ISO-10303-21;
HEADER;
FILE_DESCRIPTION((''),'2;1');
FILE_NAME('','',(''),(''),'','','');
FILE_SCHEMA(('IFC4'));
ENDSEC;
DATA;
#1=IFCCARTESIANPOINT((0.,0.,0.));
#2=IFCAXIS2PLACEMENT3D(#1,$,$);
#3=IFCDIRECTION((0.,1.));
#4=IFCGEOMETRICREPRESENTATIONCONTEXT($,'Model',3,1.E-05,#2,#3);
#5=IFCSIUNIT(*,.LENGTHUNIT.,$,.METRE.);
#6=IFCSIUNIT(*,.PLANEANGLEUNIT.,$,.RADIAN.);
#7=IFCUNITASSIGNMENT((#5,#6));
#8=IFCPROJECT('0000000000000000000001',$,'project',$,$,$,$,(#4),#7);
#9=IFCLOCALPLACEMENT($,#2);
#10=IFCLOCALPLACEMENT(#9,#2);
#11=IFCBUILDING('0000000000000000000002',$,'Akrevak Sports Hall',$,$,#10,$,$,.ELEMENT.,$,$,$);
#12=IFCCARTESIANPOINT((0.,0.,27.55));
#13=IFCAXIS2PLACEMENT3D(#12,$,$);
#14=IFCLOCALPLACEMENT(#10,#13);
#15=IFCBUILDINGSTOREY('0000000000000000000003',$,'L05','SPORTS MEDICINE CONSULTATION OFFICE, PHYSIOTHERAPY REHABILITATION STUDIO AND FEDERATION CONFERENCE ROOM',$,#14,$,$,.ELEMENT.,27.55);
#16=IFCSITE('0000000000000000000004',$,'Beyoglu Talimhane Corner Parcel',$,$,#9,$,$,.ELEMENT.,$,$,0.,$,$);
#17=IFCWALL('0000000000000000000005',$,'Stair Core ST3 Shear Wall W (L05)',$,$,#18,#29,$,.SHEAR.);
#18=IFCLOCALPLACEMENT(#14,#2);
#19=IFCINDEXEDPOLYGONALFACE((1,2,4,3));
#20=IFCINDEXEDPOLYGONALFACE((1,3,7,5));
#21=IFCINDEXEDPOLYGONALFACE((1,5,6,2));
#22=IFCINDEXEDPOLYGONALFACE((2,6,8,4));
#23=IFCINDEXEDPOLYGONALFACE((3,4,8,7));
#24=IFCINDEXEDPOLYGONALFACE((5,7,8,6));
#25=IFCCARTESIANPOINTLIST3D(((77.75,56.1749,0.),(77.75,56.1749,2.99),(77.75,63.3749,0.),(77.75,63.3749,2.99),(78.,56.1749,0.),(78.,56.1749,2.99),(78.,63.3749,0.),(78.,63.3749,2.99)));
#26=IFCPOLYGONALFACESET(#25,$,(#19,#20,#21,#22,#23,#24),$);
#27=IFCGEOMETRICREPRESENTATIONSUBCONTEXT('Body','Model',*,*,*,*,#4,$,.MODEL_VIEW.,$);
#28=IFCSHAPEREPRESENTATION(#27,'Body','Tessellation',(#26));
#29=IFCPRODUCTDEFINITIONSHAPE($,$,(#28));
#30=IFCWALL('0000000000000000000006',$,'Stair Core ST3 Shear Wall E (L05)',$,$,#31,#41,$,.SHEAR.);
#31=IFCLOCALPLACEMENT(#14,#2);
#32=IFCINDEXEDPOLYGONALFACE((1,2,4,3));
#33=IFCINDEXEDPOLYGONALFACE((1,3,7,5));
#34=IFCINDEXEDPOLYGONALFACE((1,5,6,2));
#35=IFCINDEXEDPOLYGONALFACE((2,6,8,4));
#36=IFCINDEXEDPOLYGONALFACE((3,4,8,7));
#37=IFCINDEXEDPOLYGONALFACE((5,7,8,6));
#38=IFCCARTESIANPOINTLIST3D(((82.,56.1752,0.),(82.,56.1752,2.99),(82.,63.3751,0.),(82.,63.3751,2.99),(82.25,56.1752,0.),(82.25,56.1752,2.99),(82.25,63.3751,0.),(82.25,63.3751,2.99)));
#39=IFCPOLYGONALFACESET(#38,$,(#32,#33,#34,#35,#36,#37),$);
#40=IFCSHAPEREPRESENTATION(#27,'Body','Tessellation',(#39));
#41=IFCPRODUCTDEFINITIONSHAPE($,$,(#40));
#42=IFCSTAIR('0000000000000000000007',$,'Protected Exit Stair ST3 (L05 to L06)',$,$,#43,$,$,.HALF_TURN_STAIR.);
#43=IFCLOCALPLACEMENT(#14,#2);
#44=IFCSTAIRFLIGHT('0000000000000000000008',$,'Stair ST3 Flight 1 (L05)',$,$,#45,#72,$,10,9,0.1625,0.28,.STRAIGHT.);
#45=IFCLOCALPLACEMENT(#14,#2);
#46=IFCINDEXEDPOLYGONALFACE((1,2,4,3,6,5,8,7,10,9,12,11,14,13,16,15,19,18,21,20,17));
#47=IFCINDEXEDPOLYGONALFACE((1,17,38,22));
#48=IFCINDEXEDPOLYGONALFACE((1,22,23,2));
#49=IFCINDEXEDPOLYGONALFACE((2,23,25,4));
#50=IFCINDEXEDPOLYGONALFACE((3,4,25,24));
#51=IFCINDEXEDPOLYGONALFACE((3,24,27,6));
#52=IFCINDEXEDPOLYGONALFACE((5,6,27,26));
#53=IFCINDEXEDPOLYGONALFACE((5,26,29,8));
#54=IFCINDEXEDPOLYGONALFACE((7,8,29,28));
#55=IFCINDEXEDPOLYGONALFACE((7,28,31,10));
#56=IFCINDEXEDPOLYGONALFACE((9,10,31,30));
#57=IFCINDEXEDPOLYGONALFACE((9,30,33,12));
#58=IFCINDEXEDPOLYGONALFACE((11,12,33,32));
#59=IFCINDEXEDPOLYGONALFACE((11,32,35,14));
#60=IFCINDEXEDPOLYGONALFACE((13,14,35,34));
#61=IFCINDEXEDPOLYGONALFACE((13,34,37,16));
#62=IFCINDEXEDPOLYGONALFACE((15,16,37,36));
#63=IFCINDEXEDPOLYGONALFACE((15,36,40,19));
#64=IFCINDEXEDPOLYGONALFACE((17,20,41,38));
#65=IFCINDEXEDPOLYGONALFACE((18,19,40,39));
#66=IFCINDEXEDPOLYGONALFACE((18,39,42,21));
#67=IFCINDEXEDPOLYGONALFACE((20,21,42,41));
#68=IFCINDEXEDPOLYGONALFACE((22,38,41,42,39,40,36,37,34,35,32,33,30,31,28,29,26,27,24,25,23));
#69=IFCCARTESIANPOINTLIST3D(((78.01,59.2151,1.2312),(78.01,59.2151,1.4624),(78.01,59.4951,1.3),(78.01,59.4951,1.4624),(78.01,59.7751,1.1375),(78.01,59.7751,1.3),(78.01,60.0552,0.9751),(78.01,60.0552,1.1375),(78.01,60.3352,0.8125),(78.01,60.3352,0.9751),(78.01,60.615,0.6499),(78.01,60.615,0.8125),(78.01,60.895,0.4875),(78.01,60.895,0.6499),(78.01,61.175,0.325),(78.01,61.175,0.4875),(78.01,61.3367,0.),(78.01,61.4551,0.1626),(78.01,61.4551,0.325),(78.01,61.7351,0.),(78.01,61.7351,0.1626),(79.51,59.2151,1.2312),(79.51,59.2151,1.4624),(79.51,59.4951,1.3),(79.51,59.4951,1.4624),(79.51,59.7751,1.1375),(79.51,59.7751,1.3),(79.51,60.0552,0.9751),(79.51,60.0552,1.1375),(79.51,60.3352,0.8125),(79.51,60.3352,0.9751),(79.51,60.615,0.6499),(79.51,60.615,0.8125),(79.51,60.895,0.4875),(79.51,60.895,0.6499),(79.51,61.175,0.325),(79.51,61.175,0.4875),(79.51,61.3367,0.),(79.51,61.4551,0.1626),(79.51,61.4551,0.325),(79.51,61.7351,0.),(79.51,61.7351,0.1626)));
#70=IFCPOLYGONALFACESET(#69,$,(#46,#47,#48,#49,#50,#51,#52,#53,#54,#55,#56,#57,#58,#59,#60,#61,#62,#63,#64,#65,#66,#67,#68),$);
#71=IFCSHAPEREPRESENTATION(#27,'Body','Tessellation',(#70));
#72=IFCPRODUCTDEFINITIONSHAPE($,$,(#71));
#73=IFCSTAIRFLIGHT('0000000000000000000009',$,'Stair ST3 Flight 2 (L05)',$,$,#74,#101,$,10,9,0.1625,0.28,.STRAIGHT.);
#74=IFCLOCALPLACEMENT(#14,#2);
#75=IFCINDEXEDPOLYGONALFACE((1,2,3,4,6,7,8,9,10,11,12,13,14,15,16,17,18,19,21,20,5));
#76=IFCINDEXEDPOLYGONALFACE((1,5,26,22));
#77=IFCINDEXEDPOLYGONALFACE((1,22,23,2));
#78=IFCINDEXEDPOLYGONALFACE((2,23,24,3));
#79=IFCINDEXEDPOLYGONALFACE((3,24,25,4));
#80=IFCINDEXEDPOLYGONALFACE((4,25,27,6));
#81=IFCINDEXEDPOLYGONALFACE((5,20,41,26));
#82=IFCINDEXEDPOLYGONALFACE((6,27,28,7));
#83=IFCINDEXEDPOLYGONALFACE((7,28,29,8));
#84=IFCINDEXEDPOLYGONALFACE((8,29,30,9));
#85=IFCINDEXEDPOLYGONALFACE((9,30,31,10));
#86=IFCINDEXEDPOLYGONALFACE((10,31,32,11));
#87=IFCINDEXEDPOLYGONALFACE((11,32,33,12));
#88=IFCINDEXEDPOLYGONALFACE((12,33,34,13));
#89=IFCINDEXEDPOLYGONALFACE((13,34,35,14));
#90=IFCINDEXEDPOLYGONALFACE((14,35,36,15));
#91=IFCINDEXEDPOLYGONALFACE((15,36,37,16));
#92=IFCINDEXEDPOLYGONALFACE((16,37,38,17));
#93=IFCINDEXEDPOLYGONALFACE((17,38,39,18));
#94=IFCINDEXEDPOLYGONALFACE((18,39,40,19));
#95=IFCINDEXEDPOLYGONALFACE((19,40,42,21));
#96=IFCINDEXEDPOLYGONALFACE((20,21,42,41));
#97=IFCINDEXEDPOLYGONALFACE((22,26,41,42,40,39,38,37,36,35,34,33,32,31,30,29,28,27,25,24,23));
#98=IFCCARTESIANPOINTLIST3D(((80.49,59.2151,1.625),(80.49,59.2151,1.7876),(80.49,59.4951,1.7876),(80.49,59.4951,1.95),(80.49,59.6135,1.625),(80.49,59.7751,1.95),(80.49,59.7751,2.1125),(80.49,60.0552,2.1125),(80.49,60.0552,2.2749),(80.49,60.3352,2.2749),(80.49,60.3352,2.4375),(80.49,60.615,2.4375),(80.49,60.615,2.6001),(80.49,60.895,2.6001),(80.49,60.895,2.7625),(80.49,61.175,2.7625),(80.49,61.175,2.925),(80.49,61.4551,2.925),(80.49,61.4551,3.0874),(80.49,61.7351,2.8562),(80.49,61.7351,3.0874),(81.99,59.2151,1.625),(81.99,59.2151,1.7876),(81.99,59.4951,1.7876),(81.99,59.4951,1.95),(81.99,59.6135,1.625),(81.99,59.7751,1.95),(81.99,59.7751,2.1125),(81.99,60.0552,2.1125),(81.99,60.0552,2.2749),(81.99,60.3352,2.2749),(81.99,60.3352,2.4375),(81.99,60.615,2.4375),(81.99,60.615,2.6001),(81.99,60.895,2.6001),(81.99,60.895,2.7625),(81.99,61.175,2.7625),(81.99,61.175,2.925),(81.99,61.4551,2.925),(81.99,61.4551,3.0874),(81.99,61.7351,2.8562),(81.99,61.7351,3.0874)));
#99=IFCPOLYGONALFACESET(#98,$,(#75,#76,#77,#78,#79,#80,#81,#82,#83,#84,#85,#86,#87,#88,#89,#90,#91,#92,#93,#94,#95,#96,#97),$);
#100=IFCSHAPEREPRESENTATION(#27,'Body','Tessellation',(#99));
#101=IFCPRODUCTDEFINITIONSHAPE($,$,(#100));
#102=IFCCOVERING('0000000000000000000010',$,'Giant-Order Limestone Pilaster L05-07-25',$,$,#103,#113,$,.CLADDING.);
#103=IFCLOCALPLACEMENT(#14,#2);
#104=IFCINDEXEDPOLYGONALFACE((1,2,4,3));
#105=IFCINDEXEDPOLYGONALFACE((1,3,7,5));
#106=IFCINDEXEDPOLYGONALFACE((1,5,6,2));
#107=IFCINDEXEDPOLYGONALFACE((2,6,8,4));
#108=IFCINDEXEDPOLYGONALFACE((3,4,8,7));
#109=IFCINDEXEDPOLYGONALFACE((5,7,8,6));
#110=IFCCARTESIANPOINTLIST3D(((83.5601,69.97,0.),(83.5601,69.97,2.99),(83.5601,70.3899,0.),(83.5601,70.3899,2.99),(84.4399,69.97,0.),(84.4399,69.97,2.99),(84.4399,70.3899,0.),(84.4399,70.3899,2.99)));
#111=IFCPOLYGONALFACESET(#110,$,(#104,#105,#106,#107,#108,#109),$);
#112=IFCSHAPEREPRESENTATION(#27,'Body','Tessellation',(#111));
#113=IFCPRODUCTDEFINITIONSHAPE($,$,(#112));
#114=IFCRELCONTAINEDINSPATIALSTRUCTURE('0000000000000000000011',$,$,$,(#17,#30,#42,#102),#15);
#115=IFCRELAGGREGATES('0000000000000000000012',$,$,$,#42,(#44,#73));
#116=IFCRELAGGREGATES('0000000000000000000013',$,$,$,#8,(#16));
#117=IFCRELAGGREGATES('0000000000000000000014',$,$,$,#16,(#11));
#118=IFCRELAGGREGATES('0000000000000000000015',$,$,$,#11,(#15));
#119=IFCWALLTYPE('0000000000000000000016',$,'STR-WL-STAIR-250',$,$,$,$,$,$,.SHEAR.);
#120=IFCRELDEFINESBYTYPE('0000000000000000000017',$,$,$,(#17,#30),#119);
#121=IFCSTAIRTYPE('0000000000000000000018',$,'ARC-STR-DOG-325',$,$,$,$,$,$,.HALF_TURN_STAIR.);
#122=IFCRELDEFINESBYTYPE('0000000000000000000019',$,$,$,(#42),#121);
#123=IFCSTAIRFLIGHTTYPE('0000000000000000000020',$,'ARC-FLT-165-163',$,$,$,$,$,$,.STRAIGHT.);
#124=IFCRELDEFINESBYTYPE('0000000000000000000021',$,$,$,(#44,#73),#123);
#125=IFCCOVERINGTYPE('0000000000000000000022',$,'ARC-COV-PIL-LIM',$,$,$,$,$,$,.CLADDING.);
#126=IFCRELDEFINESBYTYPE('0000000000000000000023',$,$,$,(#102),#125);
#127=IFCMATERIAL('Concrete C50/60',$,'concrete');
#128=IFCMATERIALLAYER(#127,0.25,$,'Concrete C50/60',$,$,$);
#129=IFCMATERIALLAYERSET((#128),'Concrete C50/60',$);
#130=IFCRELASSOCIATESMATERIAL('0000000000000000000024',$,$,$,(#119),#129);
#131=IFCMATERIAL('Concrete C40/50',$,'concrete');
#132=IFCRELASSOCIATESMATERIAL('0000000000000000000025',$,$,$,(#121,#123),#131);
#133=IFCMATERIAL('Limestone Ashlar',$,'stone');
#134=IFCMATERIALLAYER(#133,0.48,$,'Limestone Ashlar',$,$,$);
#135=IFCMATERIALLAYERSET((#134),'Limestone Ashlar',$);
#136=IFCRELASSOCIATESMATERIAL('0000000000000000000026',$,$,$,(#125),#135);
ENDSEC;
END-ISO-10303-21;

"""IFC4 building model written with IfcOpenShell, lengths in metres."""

from ifc_helpers import new_model, si_unit, direction, frame, frame_2d, origin, origin_2d, place, context, subcontext, project, spatial, polyline, rectangle, outline, extrude, material, layer, layer_set, type_object, element, aggregate, save


model = new_model("IFC4")

# Units and contexts
model_context = context("Model", 3, precision=1e-05, world=origin(), true_north=direction((0.0, 1.0)))
body_context = subcontext(model_context, "Body", "Model", "MODEL_VIEW")
ifc_project = project(units=[si_unit("LENGTHUNIT", "METRE"), si_unit("PLANEANGLEUNIT", "RADIAN")], contexts=[model_context])

# Site, building, storey
site_placement = place(None, origin())
site = spatial("IfcSite", under=ifc_project, at=site_placement, Name="Beyoglu Talimhane Corner Parcel", CompositionType="ELEMENT", RefElevation=0.0)
building_placement = place(site_placement, origin())
building = spatial("IfcBuilding", under=site, at=building_placement, Name="Akrevak Sports Hall", CompositionType="ELEMENT")
storey_placement = place(building_placement, frame((0.0, 0.0, 27.55)))
storey = spatial("IfcBuildingStorey", under=building, at=storey_placement, Name="L05", Description="SPORTS MEDICINE CONSULTATION OFFICE, PHYSIOTHERAPY REHABILITATION STUDIO AND FEDERATION CONFERENCE ROOM", CompositionType="ELEMENT", Elevation=27.55)

# Shared definitions
ifc_material_1 = material(Name="Concrete C40/50", Category="concrete")

# Shared definitions
ifc_material_2 = material(Name="Concrete C50/60", Category="concrete")
ifc_layer_1 = layer(ifc_material_2, 0.25, Name="Concrete C50/60")
ifc_layer_set_1 = layer_set([ifc_layer_1], Name="Concrete C50/60")
wall_type_1 = type_object("IfcWallType", Name="STR-WL-STAIR-250", PredefinedType="SHEAR", material=ifc_layer_set_1)

# Walls
for number, where, z_axis, x_axis, name in (
    (1, (77.875, 63.375, 0.0), (0.0, 0.0, 1.0), (0.0, -1.0, 0.0), "Stair Core ST3 Shear Wall W (L05)"),
    (2, (82.125, 56.175, 0.0), (0.0, 0.0, 1.0), (0.0, 1.0, 0.0), "Stair Core ST3 Shear Wall E (L05)"),
):
    element("IfcWall", number, at=place(storey_placement, frame(where, z_axis=z_axis, x_axis=x_axis)), inside=storey, type_object=wall_type_1, Name=name, PredefinedType="SHEAR", context=body_context, shape_type="SweptSolid", body=[
        extrude(rectangle(XDim=7.2, YDim=0.25, at=frame_2d((3.6001, 0.0))), origin(), (0.0, 0.0, 1.0), 2.99),
    ])

# Stair, stair flights
stair_type = type_object("IfcStairType", Name="ARC-STR-DOG-325", PredefinedType="HALF_TURN_STAIR", material=ifc_material_1)
stair_placement = place(storey_placement, origin())
stair = element("IfcStair", 3, at=stair_placement, inside=storey, type_object=stair_type, Name="Protected Exit Stair ST3 (L05 to L06)", PredefinedType="HALF_TURN_STAIR")
stair_flight_type = type_object("IfcStairFlightType", Name="ARC-FLT-165-163", PredefinedType="STRAIGHT", material=ifc_material_1)
stair_flight_1_placement = place(storey_placement, frame((78.76, 61.7351, 0.0), z_axis=(0.0, 0.0, 1.0), x_axis=(0.0, -1.0, 0.0)))
stair_flight_1 = element("IfcStairFlight", 4, at=stair_flight_1_placement, type_object=stair_flight_type, Name="Stair ST3 Flight 1 (L05)", NumberOfRisers=10, NumberOfTreads=9, PredefinedType="STRAIGHT", RiserHeight=0.1625, TreadLength=0.28, context=body_context, shape_type="SweptSolid", body=[
    extrude(outline(polyline([(0.0, 0.0), (0.0, 0.1626), (0.28, 0.1626), (0.28, 0.325), (0.5601, 0.325), (0.5601, 0.4875), (0.8401, 0.4875), (0.8401, 0.6499), (1.1201, 0.6499), (1.1201, 0.8125), (1.3999, 0.8125), (1.3999, 0.9751), (1.6799, 0.9751), (1.6799, 1.1375), (1.96, 1.1375), (1.96, 1.3), (2.24, 1.3), (2.24, 1.4624), (2.52, 1.4624), (2.52, 1.625), (2.52, 1.2312), (0.3984, 0.0), (0.0, 0.0)])), frame((0.0, 0.75, 0.0), z_axis=(0.0, -1.0, 0.0), x_axis=(1.0, 0.0, 0.0)), (0.0, 0.0, 1.0), 1.5),
])
stair_flight_2_placement = place(storey_placement, frame((81.24, 59.2151, 1.625), z_axis=(0.0, 0.0, 1.0), x_axis=(0.0, 1.0, 0.0)))
stair_flight_2 = element("IfcStairFlight", 5, at=stair_flight_2_placement, type_object=stair_flight_type, Name="Stair ST3 Flight 2 (L05)", NumberOfRisers=10, NumberOfTreads=9, PredefinedType="STRAIGHT", RiserHeight=0.1625, TreadLength=0.28, context=body_context, shape_type="SweptSolid", body=[
    extrude(outline(polyline([(0.0, 0.0), (0.0, 0.1626), (0.28, 0.1626), (0.28, 0.325), (0.5601, 0.325), (0.5601, 0.4875), (0.8401, 0.4875), (0.8401, 0.6499), (1.1201, 0.6499), (1.1201, 0.8125), (1.3999, 0.8125), (1.3999, 0.9751), (1.6799, 0.9751), (1.6799, 1.1375), (1.96, 1.1375), (1.96, 1.3), (2.24, 1.3), (2.24, 1.4624), (2.52, 1.4624), (2.52, 1.625), (2.52, 1.2312), (0.3984, 0.0), (0.0, 0.0)])), frame((0.0, 0.75, 0.0), z_axis=(0.0, -1.0, 0.0), x_axis=(1.0, 0.0, 0.0)), (0.0, 0.0, 1.0), 1.5),
])
aggregate(stair, [stair_flight_1, stair_flight_2])

# Covering
ifc_material_3 = material(Name="Limestone Ashlar", Category="stone")
ifc_layer_2 = layer(ifc_material_3, 0.48, Name="Limestone Ashlar")
ifc_layer_set_2 = layer_set([ifc_layer_2], Name="Limestone Ashlar")
covering_type = type_object("IfcCoveringType", Name="ARC-COV-PIL-LIM", PredefinedType="CLADDING", material=ifc_layer_set_2)
covering_placement = place(storey_placement, frame((84.0, 70.1799, 0.0), z_axis=(0.0, 0.0, 1.0), x_axis=(-1.0, 0.0, 0.0)))
element("IfcCovering", 6, at=covering_placement, inside=storey, type_object=covering_type, Name="Giant-Order Limestone Pilaster L05-07-25", PredefinedType="CLADDING", context=body_context, shape_type="SweptSolid", body=[
    extrude(rectangle(XDim=0.8799, YDim=0.4199, at=origin_2d()), origin(), (0.0, 0.0, 1.0), 2.99),
])

save(model, "model.ifc")
